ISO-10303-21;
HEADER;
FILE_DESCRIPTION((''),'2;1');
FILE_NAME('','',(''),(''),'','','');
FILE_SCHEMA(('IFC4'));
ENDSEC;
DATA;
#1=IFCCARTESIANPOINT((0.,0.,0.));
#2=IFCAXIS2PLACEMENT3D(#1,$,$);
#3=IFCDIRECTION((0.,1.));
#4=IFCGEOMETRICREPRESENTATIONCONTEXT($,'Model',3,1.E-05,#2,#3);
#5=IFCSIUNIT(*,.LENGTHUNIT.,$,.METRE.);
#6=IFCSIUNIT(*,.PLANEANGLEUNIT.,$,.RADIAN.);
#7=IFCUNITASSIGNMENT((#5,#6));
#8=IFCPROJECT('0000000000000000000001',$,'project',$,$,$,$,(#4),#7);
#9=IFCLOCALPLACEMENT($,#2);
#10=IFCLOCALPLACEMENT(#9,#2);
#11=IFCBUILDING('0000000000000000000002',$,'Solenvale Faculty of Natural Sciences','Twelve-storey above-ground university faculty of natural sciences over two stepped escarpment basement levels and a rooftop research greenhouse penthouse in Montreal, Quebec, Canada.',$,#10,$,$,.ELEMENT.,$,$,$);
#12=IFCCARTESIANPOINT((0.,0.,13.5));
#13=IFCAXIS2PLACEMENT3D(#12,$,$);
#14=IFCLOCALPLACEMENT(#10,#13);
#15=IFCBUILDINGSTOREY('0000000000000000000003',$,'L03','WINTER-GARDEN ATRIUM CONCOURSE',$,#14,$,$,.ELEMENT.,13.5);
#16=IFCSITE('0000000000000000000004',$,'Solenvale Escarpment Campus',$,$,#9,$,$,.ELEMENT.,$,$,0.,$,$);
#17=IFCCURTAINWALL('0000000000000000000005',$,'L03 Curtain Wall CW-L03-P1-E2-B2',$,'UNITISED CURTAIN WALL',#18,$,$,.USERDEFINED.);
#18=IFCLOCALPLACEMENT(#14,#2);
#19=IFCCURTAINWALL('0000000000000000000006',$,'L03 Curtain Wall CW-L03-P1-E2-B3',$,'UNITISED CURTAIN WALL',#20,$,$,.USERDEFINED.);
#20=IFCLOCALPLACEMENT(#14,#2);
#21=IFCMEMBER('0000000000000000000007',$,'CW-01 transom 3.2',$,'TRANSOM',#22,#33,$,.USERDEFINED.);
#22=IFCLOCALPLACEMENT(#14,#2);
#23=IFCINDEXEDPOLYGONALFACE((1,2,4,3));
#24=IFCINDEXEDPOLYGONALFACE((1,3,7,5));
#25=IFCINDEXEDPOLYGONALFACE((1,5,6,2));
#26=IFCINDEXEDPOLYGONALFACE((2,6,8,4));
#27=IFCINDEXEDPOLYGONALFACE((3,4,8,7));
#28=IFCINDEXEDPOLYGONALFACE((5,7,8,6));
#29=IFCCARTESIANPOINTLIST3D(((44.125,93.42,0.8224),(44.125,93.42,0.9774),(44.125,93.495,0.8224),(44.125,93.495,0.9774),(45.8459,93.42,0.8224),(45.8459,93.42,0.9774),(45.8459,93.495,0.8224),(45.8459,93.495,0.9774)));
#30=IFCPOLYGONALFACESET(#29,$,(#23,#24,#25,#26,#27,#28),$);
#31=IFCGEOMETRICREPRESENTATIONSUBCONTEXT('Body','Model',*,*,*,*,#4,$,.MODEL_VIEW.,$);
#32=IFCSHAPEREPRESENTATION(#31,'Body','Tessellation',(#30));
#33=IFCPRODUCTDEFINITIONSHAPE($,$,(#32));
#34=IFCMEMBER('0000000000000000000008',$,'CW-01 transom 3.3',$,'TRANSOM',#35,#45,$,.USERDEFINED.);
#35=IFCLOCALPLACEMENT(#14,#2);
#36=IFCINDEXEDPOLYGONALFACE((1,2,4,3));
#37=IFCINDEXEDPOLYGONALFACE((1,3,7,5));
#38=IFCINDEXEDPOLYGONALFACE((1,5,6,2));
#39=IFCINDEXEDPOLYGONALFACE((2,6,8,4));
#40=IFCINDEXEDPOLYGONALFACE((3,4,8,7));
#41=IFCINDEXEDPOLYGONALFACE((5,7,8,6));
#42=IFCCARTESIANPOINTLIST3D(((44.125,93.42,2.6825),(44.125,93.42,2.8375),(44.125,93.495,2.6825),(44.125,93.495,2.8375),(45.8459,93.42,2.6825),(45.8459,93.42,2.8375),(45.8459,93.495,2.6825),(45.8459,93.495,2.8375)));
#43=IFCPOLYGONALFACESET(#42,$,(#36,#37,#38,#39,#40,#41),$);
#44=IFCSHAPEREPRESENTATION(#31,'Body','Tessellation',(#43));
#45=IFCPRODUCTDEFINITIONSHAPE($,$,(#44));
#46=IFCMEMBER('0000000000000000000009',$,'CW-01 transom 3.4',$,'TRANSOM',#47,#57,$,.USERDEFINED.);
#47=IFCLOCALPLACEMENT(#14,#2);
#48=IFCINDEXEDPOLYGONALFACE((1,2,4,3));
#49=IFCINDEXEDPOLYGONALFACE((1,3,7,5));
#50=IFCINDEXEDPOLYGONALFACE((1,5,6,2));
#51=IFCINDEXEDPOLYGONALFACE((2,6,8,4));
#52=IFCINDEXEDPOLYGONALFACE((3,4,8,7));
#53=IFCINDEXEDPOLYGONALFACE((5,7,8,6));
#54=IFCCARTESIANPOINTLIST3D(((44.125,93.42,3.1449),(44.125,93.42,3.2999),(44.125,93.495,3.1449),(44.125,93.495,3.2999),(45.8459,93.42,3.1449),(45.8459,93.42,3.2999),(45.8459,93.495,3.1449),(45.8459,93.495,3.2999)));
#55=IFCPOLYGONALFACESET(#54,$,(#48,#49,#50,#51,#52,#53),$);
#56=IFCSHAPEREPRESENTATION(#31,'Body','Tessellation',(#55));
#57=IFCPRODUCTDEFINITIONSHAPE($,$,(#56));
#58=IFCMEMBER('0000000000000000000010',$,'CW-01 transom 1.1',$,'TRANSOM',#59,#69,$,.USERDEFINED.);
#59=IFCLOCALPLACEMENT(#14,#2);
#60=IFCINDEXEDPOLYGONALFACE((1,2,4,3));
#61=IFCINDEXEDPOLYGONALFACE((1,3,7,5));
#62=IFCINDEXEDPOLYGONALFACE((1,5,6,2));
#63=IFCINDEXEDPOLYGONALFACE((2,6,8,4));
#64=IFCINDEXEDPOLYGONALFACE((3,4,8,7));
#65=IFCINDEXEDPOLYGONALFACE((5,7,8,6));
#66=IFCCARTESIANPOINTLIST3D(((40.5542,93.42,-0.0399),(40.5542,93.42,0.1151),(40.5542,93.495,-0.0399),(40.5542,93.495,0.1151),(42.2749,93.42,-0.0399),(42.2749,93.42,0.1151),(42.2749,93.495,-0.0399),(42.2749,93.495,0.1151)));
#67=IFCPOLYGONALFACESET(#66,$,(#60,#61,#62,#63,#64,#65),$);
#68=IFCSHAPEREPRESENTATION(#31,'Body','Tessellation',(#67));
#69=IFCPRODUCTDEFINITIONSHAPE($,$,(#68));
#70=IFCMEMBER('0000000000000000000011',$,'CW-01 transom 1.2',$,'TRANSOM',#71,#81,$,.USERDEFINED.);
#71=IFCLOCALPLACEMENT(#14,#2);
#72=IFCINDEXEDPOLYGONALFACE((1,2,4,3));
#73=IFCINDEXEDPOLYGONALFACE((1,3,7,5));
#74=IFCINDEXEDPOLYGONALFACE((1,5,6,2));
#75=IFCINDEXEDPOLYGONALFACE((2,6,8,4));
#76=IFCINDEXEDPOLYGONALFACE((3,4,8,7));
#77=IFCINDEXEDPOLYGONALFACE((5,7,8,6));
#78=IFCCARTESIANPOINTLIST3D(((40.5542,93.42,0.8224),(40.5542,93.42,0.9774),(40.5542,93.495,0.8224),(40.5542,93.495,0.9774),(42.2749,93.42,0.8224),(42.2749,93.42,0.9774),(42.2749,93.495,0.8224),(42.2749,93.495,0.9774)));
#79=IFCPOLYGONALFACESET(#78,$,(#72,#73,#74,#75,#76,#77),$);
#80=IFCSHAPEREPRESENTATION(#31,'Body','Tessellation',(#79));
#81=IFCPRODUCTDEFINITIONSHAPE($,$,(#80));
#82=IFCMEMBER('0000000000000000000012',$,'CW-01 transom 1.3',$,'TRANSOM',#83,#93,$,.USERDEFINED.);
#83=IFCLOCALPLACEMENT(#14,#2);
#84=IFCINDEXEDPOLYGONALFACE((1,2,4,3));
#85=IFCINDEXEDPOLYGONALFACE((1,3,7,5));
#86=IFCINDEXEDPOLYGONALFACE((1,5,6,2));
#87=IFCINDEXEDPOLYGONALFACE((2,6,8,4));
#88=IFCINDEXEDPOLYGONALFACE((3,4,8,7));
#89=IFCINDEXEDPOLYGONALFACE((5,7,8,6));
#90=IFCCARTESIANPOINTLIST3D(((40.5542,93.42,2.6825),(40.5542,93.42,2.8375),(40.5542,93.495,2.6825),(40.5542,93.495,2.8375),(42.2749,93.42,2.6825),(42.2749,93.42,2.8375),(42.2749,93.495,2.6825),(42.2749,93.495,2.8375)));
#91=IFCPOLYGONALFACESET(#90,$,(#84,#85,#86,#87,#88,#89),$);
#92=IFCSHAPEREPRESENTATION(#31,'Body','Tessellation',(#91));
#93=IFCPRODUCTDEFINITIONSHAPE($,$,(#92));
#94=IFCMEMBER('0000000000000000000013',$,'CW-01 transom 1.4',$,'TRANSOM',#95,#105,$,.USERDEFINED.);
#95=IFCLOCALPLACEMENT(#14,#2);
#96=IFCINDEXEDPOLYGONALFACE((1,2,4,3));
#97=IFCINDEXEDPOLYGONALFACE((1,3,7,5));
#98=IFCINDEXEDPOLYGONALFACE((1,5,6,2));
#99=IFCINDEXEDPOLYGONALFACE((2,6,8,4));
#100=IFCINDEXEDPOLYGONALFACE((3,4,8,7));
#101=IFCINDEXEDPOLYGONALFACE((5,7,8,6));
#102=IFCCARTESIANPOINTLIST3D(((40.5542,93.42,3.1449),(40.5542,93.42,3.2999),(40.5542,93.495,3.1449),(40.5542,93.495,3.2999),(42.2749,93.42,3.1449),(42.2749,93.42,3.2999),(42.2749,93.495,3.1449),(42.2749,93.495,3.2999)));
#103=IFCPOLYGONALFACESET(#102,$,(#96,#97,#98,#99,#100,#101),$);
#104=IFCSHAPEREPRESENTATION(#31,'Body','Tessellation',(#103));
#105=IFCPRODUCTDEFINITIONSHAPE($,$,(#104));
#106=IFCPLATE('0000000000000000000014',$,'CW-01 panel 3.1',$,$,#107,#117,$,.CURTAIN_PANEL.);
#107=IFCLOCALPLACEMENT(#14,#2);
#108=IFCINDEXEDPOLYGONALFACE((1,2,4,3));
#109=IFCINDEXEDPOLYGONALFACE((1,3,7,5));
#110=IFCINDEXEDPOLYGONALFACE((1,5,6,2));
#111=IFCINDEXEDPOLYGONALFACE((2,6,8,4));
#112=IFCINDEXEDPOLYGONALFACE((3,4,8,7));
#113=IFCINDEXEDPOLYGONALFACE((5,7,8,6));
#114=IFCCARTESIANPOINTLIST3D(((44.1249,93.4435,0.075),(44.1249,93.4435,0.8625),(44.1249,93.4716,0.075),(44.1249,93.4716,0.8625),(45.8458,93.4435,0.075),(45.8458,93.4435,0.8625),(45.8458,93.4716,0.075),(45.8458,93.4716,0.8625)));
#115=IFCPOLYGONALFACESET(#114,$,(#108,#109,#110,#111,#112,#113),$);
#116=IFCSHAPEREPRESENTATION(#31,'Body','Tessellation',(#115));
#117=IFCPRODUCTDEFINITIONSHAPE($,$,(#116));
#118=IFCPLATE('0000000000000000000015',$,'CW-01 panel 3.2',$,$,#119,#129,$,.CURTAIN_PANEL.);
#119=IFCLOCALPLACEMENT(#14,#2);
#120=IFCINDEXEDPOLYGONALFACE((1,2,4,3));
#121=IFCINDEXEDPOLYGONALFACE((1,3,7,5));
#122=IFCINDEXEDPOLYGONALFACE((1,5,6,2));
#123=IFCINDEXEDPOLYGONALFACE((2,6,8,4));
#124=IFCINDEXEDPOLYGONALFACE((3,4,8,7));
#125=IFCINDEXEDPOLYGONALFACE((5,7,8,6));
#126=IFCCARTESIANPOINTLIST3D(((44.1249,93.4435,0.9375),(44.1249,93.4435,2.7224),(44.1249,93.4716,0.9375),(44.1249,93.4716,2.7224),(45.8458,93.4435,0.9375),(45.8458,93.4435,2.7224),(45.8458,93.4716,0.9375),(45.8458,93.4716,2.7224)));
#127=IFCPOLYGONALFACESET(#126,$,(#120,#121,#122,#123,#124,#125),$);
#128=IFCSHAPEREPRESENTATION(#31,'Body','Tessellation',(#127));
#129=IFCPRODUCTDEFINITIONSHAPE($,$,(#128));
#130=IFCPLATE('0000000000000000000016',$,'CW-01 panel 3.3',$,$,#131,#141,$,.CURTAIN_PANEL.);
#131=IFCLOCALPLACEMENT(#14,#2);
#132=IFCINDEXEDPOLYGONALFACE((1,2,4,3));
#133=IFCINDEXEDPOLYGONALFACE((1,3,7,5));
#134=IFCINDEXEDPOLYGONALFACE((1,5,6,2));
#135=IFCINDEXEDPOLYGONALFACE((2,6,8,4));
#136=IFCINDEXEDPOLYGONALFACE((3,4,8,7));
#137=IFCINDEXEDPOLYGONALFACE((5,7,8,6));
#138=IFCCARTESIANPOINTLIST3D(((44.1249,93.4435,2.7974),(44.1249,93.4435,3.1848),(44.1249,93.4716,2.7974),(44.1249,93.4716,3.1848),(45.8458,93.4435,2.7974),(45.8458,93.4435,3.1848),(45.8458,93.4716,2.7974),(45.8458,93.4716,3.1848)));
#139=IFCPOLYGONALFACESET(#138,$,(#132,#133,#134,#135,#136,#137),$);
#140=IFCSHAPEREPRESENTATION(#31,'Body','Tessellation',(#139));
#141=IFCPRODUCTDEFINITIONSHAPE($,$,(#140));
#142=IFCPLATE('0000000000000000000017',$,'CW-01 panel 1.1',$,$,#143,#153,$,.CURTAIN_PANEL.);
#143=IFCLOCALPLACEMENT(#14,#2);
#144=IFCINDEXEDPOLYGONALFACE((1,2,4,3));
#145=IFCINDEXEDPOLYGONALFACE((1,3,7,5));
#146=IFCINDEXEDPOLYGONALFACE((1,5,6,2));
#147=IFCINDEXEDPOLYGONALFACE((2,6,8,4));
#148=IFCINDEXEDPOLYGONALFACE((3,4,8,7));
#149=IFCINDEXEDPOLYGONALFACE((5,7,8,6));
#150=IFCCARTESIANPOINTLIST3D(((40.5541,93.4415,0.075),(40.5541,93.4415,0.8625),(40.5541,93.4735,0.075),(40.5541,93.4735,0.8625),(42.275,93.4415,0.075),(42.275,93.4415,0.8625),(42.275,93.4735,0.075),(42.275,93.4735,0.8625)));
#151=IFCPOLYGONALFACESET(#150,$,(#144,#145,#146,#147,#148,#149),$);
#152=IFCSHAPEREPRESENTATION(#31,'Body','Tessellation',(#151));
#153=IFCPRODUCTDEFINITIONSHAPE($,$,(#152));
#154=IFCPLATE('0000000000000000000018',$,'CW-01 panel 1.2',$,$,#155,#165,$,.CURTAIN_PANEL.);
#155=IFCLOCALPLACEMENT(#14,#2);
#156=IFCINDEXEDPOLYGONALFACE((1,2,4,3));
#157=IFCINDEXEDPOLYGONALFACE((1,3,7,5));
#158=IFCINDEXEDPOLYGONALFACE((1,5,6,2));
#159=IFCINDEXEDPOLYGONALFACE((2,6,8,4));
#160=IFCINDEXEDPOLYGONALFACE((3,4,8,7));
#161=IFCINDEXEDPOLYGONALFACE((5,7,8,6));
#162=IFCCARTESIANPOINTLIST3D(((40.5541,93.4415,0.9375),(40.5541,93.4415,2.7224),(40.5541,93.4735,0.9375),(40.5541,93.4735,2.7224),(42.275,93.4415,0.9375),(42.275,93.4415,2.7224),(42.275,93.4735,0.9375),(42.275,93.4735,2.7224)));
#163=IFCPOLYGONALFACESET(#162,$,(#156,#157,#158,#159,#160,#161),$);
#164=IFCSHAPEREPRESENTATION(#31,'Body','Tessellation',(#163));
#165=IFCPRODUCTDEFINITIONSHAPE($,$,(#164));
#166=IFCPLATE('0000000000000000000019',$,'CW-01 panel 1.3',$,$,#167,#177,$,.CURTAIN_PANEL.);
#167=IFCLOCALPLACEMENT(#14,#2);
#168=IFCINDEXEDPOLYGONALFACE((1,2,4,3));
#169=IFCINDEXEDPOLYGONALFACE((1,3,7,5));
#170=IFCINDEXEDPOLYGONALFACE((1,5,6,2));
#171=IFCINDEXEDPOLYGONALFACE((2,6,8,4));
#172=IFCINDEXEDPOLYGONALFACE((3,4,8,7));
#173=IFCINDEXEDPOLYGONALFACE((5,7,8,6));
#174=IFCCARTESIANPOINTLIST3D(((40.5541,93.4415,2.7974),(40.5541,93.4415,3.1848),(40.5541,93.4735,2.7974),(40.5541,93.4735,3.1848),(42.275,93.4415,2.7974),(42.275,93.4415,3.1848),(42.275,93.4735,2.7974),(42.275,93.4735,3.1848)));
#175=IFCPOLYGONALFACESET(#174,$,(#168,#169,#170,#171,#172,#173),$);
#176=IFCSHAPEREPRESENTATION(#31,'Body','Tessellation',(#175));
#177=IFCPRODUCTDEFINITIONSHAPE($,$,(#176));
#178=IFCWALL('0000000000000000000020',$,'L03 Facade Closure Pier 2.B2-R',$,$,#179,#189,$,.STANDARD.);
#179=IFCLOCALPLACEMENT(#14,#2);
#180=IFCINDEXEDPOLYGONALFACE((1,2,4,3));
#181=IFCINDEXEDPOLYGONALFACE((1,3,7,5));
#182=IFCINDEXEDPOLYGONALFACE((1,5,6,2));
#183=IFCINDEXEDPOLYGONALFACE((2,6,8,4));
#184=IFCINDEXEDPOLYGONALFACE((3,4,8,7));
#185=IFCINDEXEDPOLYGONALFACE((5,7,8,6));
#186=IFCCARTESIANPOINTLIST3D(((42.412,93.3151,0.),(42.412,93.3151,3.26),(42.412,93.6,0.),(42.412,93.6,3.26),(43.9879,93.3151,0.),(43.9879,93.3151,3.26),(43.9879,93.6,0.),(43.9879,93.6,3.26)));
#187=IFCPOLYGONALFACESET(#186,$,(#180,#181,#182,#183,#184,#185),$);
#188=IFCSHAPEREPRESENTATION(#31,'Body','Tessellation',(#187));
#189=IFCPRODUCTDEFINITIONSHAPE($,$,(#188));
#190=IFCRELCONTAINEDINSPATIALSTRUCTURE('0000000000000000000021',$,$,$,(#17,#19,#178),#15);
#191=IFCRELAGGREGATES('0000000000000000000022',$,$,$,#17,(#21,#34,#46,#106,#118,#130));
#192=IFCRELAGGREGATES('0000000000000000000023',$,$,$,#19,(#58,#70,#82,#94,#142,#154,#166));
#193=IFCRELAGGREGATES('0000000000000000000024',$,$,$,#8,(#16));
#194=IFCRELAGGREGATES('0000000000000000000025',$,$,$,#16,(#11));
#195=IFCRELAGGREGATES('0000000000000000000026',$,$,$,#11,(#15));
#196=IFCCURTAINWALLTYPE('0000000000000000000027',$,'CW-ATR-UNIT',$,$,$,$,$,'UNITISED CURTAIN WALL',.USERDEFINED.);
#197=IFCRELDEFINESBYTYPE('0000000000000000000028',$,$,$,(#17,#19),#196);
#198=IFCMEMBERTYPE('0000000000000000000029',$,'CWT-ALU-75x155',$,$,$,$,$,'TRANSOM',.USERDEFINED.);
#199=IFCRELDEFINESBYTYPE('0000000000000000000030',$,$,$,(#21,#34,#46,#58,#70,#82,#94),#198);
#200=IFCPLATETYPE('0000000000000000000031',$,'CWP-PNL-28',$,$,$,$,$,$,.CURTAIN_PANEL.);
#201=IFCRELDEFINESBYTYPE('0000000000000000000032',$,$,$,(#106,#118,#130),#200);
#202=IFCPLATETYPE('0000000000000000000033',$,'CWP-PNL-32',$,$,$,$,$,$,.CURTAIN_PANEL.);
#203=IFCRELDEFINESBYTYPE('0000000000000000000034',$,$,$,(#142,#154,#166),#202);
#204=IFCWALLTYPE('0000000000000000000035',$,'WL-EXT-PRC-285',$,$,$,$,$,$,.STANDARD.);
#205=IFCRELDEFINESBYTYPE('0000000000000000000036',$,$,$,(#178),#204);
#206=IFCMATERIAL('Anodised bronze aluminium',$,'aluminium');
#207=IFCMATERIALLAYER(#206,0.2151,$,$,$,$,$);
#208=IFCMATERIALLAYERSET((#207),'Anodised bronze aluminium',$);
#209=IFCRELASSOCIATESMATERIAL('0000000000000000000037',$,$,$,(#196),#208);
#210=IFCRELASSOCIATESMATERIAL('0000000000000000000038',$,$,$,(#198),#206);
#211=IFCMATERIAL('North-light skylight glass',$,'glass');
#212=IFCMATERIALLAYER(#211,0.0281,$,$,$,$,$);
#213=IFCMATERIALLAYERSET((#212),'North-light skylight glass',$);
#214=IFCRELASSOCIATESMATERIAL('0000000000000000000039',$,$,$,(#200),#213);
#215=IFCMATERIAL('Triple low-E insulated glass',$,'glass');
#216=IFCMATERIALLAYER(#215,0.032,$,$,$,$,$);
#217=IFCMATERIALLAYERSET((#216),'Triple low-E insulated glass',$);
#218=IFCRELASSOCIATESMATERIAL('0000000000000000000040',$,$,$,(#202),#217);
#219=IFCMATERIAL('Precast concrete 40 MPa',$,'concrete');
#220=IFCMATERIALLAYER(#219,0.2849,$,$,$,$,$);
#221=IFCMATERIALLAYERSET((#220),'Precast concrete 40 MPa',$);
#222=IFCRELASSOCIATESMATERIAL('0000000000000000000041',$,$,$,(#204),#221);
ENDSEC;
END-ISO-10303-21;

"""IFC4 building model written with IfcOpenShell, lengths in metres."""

from ifc_helpers import new_model, si_unit, direction, frame, frame_2d, origin, origin_2d, place, context, subcontext, project, spatial, rectangle, extrude, material, layer, layer_set, material_profile, profile_set, type_object, element, aggregate, save


model = new_model("IFC4")

# Units and contexts
model_context = context("Model", 3, precision=1e-05, world=origin(), true_north=direction((0.0, 1.0)))
body_context = subcontext(model_context, "Body", "Model", "MODEL_VIEW")
ifc_project = project(units=[si_unit("LENGTHUNIT", "METRE"), si_unit("PLANEANGLEUNIT", "RADIAN")], contexts=[model_context])

# Site, building, storey
site_placement = place(None, origin())
site = spatial("IfcSite", under=ifc_project, at=site_placement, Name="Solenvale Escarpment Campus", CompositionType="ELEMENT", RefElevation=0.0)
building_placement = place(site_placement, origin())
building = spatial("IfcBuilding", under=site, at=building_placement, Name="Solenvale Faculty of Natural Sciences", Description="Twelve-storey above-ground university faculty of natural sciences over two stepped escarpment basement levels and a rooftop research greenhouse penthouse in Montreal, Quebec, Canada.", CompositionType="ELEMENT")
storey_placement = place(building_placement, frame((0.0, 0.0, 13.5)))
storey = spatial("IfcBuildingStorey", under=building, at=storey_placement, Name="L03", Description="WINTER-GARDEN ATRIUM CONCOURSE", CompositionType="ELEMENT", Elevation=13.5)

# Curtain walls
ifc_material_1 = material(Name="Anodised bronze aluminium", Category="aluminium")
ifc_layer_1 = layer(ifc_material_1, 0.2151)
ifc_layer_set_1 = layer_set([ifc_layer_1], Name="Anodised bronze aluminium")
curtain_wall_type = type_object("IfcCurtainWallType", Name="CW-ATR-UNIT", ElementType="UNITISED CURTAIN WALL", PredefinedType="USERDEFINED", material=ifc_layer_set_1)
curtain_wall_1_placement = place(storey_placement, origin())
curtain_wall_1 = element("IfcCurtainWall", 1, at=curtain_wall_1_placement, inside=storey, type_object=curtain_wall_type, Name="L03 Curtain Wall CW-L03-P1-E2-B2", ObjectType="UNITISED CURTAIN WALL", PredefinedType="USERDEFINED")
curtain_wall_2_placement = place(storey_placement, origin())
curtain_wall_2 = element("IfcCurtainWall", 2, at=curtain_wall_2_placement, inside=storey, type_object=curtain_wall_type, Name="L03 Curtain Wall CW-L03-P1-E2-B3", ObjectType="UNITISED CURTAIN WALL", PredefinedType="USERDEFINED")

# Members
ifc_material_profile_1 = material_profile(ifc_material_1, rectangle(XDim=0.075, YDim=0.155, at=origin_2d()), Name="ALU-TRN-75x155")
ifc_profile_set_1 = profile_set([ifc_material_profile_1], Name="Anodised bronze aluminium")
member_type_1 = type_object("IfcMemberType", Name="CWT-ALU-75x155", ElementType="TRANSOM", PredefinedType="USERDEFINED", material=ifc_profile_set_1)
member_1_placement = place(storey_placement, frame((45.8459, 93.4575, 0.8999), z_axis=(-1.0, 0.0, 0.0), x_axis=(0.0, -1.0, 0.0)))
member_1 = element("IfcMember", 3, at=member_1_placement, type_object=member_type_1, Name="CW-01 transom 3.2", ObjectType="TRANSOM", PredefinedType="USERDEFINED", context=body_context, shape_type="SweptSolid", body=[
    extrude(rectangle(XDim=0.075, YDim=0.155, at=origin_2d()), origin(), (0.0, 0.0, 1.0), 1.7209),
])
member_2_placement = place(storey_placement, frame((45.8459, 93.4575, 2.76), z_axis=(-1.0, 0.0, 0.0), x_axis=(0.0, -1.0, 0.0)))
member_2 = element("IfcMember", 4, at=member_2_placement, type_object=member_type_1, Name="CW-01 transom 3.3", ObjectType="TRANSOM", PredefinedType="USERDEFINED", context=body_context, shape_type="SweptSolid", body=[
    extrude(rectangle(XDim=0.075, YDim=0.155, at=origin_2d()), origin(), (0.0, 0.0, 1.0), 1.7209),
])
member_3_placement = place(storey_placement, frame((45.8459, 93.4575, 3.2224), z_axis=(-1.0, 0.0, 0.0), x_axis=(0.0, -1.0, 0.0)))
member_3 = element("IfcMember", 5, at=member_3_placement, type_object=member_type_1, Name="CW-01 transom 3.4", ObjectType="TRANSOM", PredefinedType="USERDEFINED", context=body_context, shape_type="SweptSolid", body=[
    extrude(rectangle(XDim=0.075, YDim=0.155, at=origin_2d()), origin(), (0.0, 0.0, 1.0), 1.7209),
])
member_4_placement = place(storey_placement, frame((42.2749, 93.4575, 0.0376), z_axis=(-1.0, 0.0, 0.0), x_axis=(0.0, -1.0, 0.0)))
member_4 = element("IfcMember", 6, at=member_4_placement, type_object=member_type_1, Name="CW-01 transom 1.1", ObjectType="TRANSOM", PredefinedType="USERDEFINED", context=body_context, shape_type="SweptSolid", body=[
    extrude(rectangle(XDim=0.075, YDim=0.155, at=origin_2d()), origin(), (0.0, 0.0, 1.0), 1.7207),
])
member_5_placement = place(storey_placement, frame((42.2749, 93.4575, 0.8999), z_axis=(-1.0, 0.0, 0.0), x_axis=(0.0, -1.0, 0.0)))
member_5 = element("IfcMember", 7, at=member_5_placement, type_object=member_type_1, Name="CW-01 transom 1.2", ObjectType="TRANSOM", PredefinedType="USERDEFINED", context=body_context, shape_type="SweptSolid", body=[
    extrude(rectangle(XDim=0.075, YDim=0.155, at=origin_2d()), origin(), (0.0, 0.0, 1.0), 1.7207),
])
member_6_placement = place(storey_placement, frame((42.2749, 93.4575, 2.76), z_axis=(-1.0, 0.0, 0.0), x_axis=(0.0, -1.0, 0.0)))
member_6 = element("IfcMember", 8, at=member_6_placement, type_object=member_type_1, Name="CW-01 transom 1.3", ObjectType="TRANSOM", PredefinedType="USERDEFINED", context=body_context, shape_type="SweptSolid", body=[
    extrude(rectangle(XDim=0.075, YDim=0.155, at=origin_2d()), origin(), (0.0, 0.0, 1.0), 1.7207),
])
member_7_placement = place(storey_placement, frame((42.2749, 93.4575, 3.2224), z_axis=(-1.0, 0.0, 0.0), x_axis=(0.0, -1.0, 0.0)))
member_7 = element("IfcMember", 9, at=member_7_placement, type_object=member_type_1, Name="CW-01 transom 1.4", ObjectType="TRANSOM", PredefinedType="USERDEFINED", context=body_context, shape_type="SweptSolid", body=[
    extrude(rectangle(XDim=0.075, YDim=0.155, at=origin_2d()), origin(), (0.0, 0.0, 1.0), 1.7207),
])

# Plates
ifc_material_2 = material(Name="North-light skylight glass", Category="glass")
ifc_layer_2 = layer(ifc_material_2, 0.0281)
ifc_layer_set_2 = layer_set([ifc_layer_2], Name="North-light skylight glass")
plate_type_1 = type_object("IfcPlateType", Name="CWP-PNL-28", PredefinedType="CURTAIN_PANEL", material=ifc_layer_set_2)
plate_1_placement = place(storey_placement, frame((44.9854, 93.4575, 0.075), z_axis=(0.0, 0.0, 1.0), x_axis=(-1.0, 0.0, 0.0)))
plate_1 = element("IfcPlate", 10, at=plate_1_placement, type_object=plate_type_1, Name="CW-01 panel 3.1", PredefinedType="CURTAIN_PANEL", context=body_context, shape_type="SweptSolid", body=[
    extrude(rectangle(XDim=1.7209, YDim=0.0281, at=origin_2d()), origin(), (0.0, 0.0, 1.0), 0.7876),
])
plate_2_placement = place(storey_placement, frame((44.9854, 93.4575, 0.9375), z_axis=(0.0, 0.0, 1.0), x_axis=(-1.0, 0.0, 0.0)))
plate_2 = element("IfcPlate", 11, at=plate_2_placement, type_object=plate_type_1, Name="CW-01 panel 3.2", PredefinedType="CURTAIN_PANEL", context=body_context, shape_type="SweptSolid", body=[
    extrude(rectangle(XDim=1.7209, YDim=0.0281, at=origin_2d()), origin(), (0.0, 0.0, 1.0), 1.7849),
])
plate_3_placement = place(storey_placement, frame((44.9854, 93.4575, 2.7974), z_axis=(0.0, 0.0, 1.0), x_axis=(-1.0, 0.0, 0.0)))
plate_3 = element("IfcPlate", 12, at=plate_3_placement, type_object=plate_type_1, Name="CW-01 panel 3.3", PredefinedType="CURTAIN_PANEL", context=body_context, shape_type="SweptSolid", body=[
    extrude(rectangle(XDim=1.7209, YDim=0.0281, at=origin_2d()), origin(), (0.0, 0.0, 1.0), 0.3875),
])
aggregate(curtain_wall_1, [member_1, member_2, member_3, plate_1, plate_2, plate_3])
ifc_material_3 = material(Name="Triple low-E insulated glass", Category="glass")
ifc_layer_3 = layer(ifc_material_3, 0.032)
ifc_layer_set_3 = layer_set([ifc_layer_3], Name="Triple low-E insulated glass")
plate_type_2 = type_object("IfcPlateType", Name="CWP-PNL-32", PredefinedType="CURTAIN_PANEL", material=ifc_layer_set_3)
plate_4_placement = place(storey_placement, frame((41.4146, 93.4575, 0.075), z_axis=(0.0, 0.0, 1.0), x_axis=(-1.0, 0.0, 0.0)))
plate_4 = element("IfcPlate", 13, at=plate_4_placement, type_object=plate_type_2, Name="CW-01 panel 1.1", PredefinedType="CURTAIN_PANEL", context=body_context, shape_type="SweptSolid", body=[
    extrude(rectangle(XDim=1.7209, YDim=0.032, at=origin_2d()), origin(), (0.0, 0.0, 1.0), 0.7876),
])
plate_5_placement = place(storey_placement, frame((41.4146, 93.4575, 0.9375), z_axis=(0.0, 0.0, 1.0), x_axis=(-1.0, 0.0, 0.0)))
plate_5 = element("IfcPlate", 14, at=plate_5_placement, type_object=plate_type_2, Name="CW-01 panel 1.2", PredefinedType="CURTAIN_PANEL", context=body_context, shape_type="SweptSolid", body=[
    extrude(rectangle(XDim=1.7209, YDim=0.032, at=origin_2d()), origin(), (0.0, 0.0, 1.0), 1.7849),
])
plate_6_placement = place(storey_placement, frame((41.4146, 93.4575, 2.7974), z_axis=(0.0, 0.0, 1.0), x_axis=(-1.0, 0.0, 0.0)))
plate_6 = element("IfcPlate", 15, at=plate_6_placement, type_object=plate_type_2, Name="CW-01 panel 1.3", PredefinedType="CURTAIN_PANEL", context=body_context, shape_type="SweptSolid", body=[
    extrude(rectangle(XDim=1.7209, YDim=0.032, at=origin_2d()), origin(), (0.0, 0.0, 1.0), 0.3875),
])
aggregate(curtain_wall_2, [member_4, member_5, member_6, member_7, plate_4, plate_5, plate_6])

# Wall
ifc_material_4 = material(Name="Precast concrete 40 MPa", Category="concrete")
ifc_layer_4 = layer(ifc_material_4, 0.2849)
ifc_layer_set_4 = layer_set([ifc_layer_4], Name="Precast concrete 40 MPa")
wall_type = type_object("IfcWallType", Name="WL-EXT-PRC-285", PredefinedType="STANDARD", material=ifc_layer_set_4)
wall_placement = place(storey_placement, frame((43.988, 93.4575, 0.0), z_axis=(0.0, 0.0, 1.0), x_axis=(-1.0, 0.0, 0.0)))
element("IfcWall", 16, at=wall_placement, inside=storey, type_object=wall_type, Name="L03 Facade Closure Pier 2.B2-R", PredefinedType="STANDARD", context=body_context, shape_type="SweptSolid", body=[
    extrude(rectangle(XDim=1.5759, YDim=0.2849, at=frame_2d((0.7881, 0.0))), origin(), (0.0, 0.0, 1.0), 3.26),
])

save(model, "model.ifc")
